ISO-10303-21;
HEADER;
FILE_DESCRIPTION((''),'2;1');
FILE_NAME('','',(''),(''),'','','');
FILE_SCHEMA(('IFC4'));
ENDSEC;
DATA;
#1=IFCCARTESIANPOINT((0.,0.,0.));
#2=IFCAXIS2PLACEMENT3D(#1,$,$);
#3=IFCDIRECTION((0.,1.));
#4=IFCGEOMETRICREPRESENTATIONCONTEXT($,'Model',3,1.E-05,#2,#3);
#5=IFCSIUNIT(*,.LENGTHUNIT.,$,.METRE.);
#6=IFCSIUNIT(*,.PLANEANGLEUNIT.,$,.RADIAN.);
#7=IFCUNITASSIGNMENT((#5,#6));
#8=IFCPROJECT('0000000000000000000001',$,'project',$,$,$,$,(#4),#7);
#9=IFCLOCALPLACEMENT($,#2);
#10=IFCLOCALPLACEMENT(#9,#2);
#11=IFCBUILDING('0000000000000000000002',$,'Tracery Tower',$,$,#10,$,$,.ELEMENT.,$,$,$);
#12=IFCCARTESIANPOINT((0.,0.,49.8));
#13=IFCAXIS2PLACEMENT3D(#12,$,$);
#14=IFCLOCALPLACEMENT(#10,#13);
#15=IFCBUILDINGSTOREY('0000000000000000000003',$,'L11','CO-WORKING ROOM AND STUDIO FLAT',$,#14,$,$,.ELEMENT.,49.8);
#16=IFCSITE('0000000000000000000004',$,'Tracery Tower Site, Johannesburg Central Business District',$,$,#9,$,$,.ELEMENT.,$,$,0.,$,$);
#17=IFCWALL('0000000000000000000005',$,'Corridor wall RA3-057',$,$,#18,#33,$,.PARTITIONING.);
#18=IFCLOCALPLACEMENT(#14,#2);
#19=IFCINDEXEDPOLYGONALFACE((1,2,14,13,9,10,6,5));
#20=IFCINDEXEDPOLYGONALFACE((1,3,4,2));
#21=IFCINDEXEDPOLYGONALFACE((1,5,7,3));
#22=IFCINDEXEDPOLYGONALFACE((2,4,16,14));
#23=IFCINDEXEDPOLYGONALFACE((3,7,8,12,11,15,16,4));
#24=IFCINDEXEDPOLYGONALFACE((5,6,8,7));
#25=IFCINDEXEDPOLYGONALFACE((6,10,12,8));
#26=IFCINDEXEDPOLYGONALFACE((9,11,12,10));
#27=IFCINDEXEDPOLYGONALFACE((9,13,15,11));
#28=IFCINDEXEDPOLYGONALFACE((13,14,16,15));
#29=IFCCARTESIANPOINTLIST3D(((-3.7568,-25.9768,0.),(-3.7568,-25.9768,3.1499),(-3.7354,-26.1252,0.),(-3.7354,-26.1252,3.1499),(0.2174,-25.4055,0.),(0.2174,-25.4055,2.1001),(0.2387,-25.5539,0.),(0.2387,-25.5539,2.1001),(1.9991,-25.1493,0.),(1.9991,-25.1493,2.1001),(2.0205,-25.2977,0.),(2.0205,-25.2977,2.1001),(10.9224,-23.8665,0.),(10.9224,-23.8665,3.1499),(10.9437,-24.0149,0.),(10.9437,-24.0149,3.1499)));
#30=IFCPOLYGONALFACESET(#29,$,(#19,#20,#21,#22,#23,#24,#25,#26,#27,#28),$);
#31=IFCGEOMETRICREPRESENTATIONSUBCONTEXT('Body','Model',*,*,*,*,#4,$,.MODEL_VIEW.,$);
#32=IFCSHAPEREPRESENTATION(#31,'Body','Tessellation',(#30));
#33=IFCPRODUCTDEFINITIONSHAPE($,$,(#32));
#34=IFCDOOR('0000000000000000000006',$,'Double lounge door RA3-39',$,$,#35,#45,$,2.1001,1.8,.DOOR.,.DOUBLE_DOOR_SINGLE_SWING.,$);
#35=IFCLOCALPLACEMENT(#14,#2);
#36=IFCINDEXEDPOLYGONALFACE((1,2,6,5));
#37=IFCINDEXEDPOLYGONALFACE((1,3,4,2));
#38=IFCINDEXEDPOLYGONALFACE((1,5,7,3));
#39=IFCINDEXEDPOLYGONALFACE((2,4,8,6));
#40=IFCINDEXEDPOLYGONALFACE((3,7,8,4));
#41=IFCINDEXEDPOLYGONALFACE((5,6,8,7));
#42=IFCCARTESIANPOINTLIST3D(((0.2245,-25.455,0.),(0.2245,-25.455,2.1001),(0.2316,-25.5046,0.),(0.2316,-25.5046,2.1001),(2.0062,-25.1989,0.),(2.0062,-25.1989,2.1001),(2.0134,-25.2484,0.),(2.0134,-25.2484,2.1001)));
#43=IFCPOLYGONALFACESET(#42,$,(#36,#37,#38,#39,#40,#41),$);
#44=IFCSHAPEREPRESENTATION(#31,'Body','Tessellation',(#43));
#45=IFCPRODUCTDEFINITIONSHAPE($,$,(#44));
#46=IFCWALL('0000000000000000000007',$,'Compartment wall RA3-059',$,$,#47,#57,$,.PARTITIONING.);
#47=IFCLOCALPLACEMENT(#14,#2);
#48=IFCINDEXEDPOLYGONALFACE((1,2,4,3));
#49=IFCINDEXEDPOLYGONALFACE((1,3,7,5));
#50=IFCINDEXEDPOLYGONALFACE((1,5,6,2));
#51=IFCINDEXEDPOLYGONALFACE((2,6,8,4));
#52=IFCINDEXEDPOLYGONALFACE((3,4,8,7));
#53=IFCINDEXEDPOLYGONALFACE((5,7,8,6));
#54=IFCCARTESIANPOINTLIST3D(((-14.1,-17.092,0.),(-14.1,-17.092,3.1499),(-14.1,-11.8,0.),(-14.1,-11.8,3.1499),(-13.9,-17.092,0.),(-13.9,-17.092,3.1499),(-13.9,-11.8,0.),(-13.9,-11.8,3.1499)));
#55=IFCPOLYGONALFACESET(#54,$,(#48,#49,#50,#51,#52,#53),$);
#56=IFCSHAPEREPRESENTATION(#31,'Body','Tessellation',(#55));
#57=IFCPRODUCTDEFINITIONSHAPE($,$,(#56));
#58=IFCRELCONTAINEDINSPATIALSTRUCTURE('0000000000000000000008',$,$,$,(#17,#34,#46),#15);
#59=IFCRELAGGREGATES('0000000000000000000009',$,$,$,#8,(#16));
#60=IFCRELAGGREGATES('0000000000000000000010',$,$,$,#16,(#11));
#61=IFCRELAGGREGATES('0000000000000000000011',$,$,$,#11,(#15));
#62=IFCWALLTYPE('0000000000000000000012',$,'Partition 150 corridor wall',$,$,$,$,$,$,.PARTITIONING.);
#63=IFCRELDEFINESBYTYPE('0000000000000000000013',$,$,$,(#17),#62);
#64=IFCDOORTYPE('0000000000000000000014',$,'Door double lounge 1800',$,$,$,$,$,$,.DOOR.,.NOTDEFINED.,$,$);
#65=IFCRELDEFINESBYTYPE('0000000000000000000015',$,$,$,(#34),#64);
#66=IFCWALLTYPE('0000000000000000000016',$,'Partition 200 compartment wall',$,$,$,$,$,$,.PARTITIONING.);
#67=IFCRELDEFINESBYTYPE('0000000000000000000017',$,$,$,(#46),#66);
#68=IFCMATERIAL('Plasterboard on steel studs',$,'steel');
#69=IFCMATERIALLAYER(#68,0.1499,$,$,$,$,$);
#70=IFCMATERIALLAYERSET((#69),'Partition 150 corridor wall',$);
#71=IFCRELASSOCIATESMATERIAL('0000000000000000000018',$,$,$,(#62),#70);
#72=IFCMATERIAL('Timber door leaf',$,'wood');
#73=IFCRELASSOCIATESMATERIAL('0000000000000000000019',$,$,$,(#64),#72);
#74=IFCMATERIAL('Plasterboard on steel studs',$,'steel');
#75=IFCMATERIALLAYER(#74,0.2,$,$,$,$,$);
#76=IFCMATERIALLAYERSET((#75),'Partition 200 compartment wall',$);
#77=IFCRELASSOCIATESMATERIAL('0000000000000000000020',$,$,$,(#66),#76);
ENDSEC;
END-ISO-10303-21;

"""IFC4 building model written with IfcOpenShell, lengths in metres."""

from ifc_helpers import new_model, si_unit, direction, frame, frame_2d, origin, place, context, subcontext, project, spatial, rectangle, extrude, material, layer, layer_set, type_object, element, fill, save


model = new_model("IFC4")

# Units and contexts
model_context = context("Model", 3, precision=1e-05, world=origin(), true_north=direction((0.0, 1.0)))
body_context = subcontext(model_context, "Body", "Model", "MODEL_VIEW")
ifc_project = project(units=[si_unit("LENGTHUNIT", "METRE"), si_unit("PLANEANGLEUNIT", "RADIAN")], contexts=[model_context])

# Site, building, storey
site_placement = place(None, origin())
site = spatial("IfcSite", under=ifc_project, at=site_placement, Name="Tracery Tower Site, Johannesburg Central Business District", CompositionType="ELEMENT", RefElevation=0.0)
building_placement = place(site_placement, origin())
building = spatial("IfcBuilding", under=site, at=building_placement, Name="Tracery Tower", CompositionType="ELEMENT")
storey_placement = place(building_placement, frame((0.0, 0.0, 49.8)))
storey = spatial("IfcBuildingStorey", under=building, at=storey_placement, Name="L11", Description="CO-WORKING ROOM AND STUDIO FLAT", CompositionType="ELEMENT", Elevation=49.8)

# Shared definitions
ifc_material_1 = material(Name="Plasterboard on steel studs", Category="steel")
ifc_layer_1 = layer(ifc_material_1, 0.1499)
ifc_layer_set_1 = layer_set([ifc_layer_1], Name="Partition 150 corridor wall")
wall_type_1 = type_object("IfcWallType", Name="Partition 150 corridor wall", PredefinedType="PARTITIONING", material=ifc_layer_set_1)

# Wall, opening, door
wall_1_placement = place(storey_placement, frame((-3.7461, -26.051, 0.0), z_axis=(0.0, 0.0, 1.0), x_axis=(0.989823, 0.142302, 0.0)))
wall_1 = element("IfcWall", 1, at=wall_1_placement, inside=storey, type_object=wall_type_1, Name="Corridor wall RA3-057", PredefinedType="PARTITIONING", context=body_context, shape_type="SweptSolid", body=[
    extrude(rectangle(XDim=14.8301, YDim=0.1499, at=frame_2d((7.415, 0.0))), origin(), (0.0, 0.0, 1.0), 3.1499),
])
opening_1_placement = place(wall_1_placement, frame((4.0151, 0.0, 0.0)))
opening_1 = element("IfcOpeningElement", 2, at=opening_1_placement, cuts=wall_1, PredefinedType="OPENING", context=body_context, shape_type="SweptSolid", body=[
    extrude(rectangle(XDim=1.8, YDim=2.1001, at=frame_2d((0.8999, 1.05))), frame((0.0, 0.075, 0.0), z_axis=(0.0, -1.0, 0.0), x_axis=(1.0, 0.0, 0.0)), (0.0, 0.0, 1.0), 0.1499),
])
ifc_material_2 = material(Name="Timber door leaf", Category="wood")
door_type = type_object("IfcDoorType", Name="Door double lounge 1800", OperationType="NOTDEFINED", PredefinedType="DOOR", material=ifc_material_2)
door_placement = place(opening_1_placement, origin())
door = element("IfcDoor", 3, at=door_placement, inside=storey, type_object=door_type, Name="Double lounge door RA3-39", OperationType="DOUBLE_DOOR_SINGLE_SWING", OverallHeight=2.1001, OverallWidth=1.8, PredefinedType="DOOR", context=body_context, shape_type="SweptSolid", body=[
    extrude(rectangle(XDim=1.8, YDim=2.1001, at=frame_2d((0.8999, 1.05))), frame((0.0, 0.0249, 0.0), z_axis=(0.0, -1.0, 0.0), x_axis=(1.0, 0.0, 0.0)), (0.0, 0.0, 1.0), 0.05),
])
fill(opening_1, door)

# Wall
ifc_material_3 = material(Name="Plasterboard on steel studs", Category="steel")
ifc_layer_2 = layer(ifc_material_3, 0.2)
ifc_layer_set_2 = layer_set([ifc_layer_2], Name="Partition 200 compartment wall")
wall_type_2 = type_object("IfcWallType", Name="Partition 200 compartment wall", PredefinedType="PARTITIONING", material=ifc_layer_set_2)
wall_2_placement = place(storey_placement, frame((-14.0, -17.092, 0.0), z_axis=(0.0, 0.0, 1.0), x_axis=(0.0, 1.0, 0.0)))
element("IfcWall", 4, at=wall_2_placement, inside=storey, type_object=wall_type_2, Name="Compartment wall RA3-059", PredefinedType="PARTITIONING", context=body_context, shape_type="SweptSolid", body=[
    extrude(rectangle(XDim=5.292, YDim=0.2, at=frame_2d((2.646, 0.0))), origin(), (0.0, 0.0, 1.0), 3.1499),
])

save(model, "model.ifc")
